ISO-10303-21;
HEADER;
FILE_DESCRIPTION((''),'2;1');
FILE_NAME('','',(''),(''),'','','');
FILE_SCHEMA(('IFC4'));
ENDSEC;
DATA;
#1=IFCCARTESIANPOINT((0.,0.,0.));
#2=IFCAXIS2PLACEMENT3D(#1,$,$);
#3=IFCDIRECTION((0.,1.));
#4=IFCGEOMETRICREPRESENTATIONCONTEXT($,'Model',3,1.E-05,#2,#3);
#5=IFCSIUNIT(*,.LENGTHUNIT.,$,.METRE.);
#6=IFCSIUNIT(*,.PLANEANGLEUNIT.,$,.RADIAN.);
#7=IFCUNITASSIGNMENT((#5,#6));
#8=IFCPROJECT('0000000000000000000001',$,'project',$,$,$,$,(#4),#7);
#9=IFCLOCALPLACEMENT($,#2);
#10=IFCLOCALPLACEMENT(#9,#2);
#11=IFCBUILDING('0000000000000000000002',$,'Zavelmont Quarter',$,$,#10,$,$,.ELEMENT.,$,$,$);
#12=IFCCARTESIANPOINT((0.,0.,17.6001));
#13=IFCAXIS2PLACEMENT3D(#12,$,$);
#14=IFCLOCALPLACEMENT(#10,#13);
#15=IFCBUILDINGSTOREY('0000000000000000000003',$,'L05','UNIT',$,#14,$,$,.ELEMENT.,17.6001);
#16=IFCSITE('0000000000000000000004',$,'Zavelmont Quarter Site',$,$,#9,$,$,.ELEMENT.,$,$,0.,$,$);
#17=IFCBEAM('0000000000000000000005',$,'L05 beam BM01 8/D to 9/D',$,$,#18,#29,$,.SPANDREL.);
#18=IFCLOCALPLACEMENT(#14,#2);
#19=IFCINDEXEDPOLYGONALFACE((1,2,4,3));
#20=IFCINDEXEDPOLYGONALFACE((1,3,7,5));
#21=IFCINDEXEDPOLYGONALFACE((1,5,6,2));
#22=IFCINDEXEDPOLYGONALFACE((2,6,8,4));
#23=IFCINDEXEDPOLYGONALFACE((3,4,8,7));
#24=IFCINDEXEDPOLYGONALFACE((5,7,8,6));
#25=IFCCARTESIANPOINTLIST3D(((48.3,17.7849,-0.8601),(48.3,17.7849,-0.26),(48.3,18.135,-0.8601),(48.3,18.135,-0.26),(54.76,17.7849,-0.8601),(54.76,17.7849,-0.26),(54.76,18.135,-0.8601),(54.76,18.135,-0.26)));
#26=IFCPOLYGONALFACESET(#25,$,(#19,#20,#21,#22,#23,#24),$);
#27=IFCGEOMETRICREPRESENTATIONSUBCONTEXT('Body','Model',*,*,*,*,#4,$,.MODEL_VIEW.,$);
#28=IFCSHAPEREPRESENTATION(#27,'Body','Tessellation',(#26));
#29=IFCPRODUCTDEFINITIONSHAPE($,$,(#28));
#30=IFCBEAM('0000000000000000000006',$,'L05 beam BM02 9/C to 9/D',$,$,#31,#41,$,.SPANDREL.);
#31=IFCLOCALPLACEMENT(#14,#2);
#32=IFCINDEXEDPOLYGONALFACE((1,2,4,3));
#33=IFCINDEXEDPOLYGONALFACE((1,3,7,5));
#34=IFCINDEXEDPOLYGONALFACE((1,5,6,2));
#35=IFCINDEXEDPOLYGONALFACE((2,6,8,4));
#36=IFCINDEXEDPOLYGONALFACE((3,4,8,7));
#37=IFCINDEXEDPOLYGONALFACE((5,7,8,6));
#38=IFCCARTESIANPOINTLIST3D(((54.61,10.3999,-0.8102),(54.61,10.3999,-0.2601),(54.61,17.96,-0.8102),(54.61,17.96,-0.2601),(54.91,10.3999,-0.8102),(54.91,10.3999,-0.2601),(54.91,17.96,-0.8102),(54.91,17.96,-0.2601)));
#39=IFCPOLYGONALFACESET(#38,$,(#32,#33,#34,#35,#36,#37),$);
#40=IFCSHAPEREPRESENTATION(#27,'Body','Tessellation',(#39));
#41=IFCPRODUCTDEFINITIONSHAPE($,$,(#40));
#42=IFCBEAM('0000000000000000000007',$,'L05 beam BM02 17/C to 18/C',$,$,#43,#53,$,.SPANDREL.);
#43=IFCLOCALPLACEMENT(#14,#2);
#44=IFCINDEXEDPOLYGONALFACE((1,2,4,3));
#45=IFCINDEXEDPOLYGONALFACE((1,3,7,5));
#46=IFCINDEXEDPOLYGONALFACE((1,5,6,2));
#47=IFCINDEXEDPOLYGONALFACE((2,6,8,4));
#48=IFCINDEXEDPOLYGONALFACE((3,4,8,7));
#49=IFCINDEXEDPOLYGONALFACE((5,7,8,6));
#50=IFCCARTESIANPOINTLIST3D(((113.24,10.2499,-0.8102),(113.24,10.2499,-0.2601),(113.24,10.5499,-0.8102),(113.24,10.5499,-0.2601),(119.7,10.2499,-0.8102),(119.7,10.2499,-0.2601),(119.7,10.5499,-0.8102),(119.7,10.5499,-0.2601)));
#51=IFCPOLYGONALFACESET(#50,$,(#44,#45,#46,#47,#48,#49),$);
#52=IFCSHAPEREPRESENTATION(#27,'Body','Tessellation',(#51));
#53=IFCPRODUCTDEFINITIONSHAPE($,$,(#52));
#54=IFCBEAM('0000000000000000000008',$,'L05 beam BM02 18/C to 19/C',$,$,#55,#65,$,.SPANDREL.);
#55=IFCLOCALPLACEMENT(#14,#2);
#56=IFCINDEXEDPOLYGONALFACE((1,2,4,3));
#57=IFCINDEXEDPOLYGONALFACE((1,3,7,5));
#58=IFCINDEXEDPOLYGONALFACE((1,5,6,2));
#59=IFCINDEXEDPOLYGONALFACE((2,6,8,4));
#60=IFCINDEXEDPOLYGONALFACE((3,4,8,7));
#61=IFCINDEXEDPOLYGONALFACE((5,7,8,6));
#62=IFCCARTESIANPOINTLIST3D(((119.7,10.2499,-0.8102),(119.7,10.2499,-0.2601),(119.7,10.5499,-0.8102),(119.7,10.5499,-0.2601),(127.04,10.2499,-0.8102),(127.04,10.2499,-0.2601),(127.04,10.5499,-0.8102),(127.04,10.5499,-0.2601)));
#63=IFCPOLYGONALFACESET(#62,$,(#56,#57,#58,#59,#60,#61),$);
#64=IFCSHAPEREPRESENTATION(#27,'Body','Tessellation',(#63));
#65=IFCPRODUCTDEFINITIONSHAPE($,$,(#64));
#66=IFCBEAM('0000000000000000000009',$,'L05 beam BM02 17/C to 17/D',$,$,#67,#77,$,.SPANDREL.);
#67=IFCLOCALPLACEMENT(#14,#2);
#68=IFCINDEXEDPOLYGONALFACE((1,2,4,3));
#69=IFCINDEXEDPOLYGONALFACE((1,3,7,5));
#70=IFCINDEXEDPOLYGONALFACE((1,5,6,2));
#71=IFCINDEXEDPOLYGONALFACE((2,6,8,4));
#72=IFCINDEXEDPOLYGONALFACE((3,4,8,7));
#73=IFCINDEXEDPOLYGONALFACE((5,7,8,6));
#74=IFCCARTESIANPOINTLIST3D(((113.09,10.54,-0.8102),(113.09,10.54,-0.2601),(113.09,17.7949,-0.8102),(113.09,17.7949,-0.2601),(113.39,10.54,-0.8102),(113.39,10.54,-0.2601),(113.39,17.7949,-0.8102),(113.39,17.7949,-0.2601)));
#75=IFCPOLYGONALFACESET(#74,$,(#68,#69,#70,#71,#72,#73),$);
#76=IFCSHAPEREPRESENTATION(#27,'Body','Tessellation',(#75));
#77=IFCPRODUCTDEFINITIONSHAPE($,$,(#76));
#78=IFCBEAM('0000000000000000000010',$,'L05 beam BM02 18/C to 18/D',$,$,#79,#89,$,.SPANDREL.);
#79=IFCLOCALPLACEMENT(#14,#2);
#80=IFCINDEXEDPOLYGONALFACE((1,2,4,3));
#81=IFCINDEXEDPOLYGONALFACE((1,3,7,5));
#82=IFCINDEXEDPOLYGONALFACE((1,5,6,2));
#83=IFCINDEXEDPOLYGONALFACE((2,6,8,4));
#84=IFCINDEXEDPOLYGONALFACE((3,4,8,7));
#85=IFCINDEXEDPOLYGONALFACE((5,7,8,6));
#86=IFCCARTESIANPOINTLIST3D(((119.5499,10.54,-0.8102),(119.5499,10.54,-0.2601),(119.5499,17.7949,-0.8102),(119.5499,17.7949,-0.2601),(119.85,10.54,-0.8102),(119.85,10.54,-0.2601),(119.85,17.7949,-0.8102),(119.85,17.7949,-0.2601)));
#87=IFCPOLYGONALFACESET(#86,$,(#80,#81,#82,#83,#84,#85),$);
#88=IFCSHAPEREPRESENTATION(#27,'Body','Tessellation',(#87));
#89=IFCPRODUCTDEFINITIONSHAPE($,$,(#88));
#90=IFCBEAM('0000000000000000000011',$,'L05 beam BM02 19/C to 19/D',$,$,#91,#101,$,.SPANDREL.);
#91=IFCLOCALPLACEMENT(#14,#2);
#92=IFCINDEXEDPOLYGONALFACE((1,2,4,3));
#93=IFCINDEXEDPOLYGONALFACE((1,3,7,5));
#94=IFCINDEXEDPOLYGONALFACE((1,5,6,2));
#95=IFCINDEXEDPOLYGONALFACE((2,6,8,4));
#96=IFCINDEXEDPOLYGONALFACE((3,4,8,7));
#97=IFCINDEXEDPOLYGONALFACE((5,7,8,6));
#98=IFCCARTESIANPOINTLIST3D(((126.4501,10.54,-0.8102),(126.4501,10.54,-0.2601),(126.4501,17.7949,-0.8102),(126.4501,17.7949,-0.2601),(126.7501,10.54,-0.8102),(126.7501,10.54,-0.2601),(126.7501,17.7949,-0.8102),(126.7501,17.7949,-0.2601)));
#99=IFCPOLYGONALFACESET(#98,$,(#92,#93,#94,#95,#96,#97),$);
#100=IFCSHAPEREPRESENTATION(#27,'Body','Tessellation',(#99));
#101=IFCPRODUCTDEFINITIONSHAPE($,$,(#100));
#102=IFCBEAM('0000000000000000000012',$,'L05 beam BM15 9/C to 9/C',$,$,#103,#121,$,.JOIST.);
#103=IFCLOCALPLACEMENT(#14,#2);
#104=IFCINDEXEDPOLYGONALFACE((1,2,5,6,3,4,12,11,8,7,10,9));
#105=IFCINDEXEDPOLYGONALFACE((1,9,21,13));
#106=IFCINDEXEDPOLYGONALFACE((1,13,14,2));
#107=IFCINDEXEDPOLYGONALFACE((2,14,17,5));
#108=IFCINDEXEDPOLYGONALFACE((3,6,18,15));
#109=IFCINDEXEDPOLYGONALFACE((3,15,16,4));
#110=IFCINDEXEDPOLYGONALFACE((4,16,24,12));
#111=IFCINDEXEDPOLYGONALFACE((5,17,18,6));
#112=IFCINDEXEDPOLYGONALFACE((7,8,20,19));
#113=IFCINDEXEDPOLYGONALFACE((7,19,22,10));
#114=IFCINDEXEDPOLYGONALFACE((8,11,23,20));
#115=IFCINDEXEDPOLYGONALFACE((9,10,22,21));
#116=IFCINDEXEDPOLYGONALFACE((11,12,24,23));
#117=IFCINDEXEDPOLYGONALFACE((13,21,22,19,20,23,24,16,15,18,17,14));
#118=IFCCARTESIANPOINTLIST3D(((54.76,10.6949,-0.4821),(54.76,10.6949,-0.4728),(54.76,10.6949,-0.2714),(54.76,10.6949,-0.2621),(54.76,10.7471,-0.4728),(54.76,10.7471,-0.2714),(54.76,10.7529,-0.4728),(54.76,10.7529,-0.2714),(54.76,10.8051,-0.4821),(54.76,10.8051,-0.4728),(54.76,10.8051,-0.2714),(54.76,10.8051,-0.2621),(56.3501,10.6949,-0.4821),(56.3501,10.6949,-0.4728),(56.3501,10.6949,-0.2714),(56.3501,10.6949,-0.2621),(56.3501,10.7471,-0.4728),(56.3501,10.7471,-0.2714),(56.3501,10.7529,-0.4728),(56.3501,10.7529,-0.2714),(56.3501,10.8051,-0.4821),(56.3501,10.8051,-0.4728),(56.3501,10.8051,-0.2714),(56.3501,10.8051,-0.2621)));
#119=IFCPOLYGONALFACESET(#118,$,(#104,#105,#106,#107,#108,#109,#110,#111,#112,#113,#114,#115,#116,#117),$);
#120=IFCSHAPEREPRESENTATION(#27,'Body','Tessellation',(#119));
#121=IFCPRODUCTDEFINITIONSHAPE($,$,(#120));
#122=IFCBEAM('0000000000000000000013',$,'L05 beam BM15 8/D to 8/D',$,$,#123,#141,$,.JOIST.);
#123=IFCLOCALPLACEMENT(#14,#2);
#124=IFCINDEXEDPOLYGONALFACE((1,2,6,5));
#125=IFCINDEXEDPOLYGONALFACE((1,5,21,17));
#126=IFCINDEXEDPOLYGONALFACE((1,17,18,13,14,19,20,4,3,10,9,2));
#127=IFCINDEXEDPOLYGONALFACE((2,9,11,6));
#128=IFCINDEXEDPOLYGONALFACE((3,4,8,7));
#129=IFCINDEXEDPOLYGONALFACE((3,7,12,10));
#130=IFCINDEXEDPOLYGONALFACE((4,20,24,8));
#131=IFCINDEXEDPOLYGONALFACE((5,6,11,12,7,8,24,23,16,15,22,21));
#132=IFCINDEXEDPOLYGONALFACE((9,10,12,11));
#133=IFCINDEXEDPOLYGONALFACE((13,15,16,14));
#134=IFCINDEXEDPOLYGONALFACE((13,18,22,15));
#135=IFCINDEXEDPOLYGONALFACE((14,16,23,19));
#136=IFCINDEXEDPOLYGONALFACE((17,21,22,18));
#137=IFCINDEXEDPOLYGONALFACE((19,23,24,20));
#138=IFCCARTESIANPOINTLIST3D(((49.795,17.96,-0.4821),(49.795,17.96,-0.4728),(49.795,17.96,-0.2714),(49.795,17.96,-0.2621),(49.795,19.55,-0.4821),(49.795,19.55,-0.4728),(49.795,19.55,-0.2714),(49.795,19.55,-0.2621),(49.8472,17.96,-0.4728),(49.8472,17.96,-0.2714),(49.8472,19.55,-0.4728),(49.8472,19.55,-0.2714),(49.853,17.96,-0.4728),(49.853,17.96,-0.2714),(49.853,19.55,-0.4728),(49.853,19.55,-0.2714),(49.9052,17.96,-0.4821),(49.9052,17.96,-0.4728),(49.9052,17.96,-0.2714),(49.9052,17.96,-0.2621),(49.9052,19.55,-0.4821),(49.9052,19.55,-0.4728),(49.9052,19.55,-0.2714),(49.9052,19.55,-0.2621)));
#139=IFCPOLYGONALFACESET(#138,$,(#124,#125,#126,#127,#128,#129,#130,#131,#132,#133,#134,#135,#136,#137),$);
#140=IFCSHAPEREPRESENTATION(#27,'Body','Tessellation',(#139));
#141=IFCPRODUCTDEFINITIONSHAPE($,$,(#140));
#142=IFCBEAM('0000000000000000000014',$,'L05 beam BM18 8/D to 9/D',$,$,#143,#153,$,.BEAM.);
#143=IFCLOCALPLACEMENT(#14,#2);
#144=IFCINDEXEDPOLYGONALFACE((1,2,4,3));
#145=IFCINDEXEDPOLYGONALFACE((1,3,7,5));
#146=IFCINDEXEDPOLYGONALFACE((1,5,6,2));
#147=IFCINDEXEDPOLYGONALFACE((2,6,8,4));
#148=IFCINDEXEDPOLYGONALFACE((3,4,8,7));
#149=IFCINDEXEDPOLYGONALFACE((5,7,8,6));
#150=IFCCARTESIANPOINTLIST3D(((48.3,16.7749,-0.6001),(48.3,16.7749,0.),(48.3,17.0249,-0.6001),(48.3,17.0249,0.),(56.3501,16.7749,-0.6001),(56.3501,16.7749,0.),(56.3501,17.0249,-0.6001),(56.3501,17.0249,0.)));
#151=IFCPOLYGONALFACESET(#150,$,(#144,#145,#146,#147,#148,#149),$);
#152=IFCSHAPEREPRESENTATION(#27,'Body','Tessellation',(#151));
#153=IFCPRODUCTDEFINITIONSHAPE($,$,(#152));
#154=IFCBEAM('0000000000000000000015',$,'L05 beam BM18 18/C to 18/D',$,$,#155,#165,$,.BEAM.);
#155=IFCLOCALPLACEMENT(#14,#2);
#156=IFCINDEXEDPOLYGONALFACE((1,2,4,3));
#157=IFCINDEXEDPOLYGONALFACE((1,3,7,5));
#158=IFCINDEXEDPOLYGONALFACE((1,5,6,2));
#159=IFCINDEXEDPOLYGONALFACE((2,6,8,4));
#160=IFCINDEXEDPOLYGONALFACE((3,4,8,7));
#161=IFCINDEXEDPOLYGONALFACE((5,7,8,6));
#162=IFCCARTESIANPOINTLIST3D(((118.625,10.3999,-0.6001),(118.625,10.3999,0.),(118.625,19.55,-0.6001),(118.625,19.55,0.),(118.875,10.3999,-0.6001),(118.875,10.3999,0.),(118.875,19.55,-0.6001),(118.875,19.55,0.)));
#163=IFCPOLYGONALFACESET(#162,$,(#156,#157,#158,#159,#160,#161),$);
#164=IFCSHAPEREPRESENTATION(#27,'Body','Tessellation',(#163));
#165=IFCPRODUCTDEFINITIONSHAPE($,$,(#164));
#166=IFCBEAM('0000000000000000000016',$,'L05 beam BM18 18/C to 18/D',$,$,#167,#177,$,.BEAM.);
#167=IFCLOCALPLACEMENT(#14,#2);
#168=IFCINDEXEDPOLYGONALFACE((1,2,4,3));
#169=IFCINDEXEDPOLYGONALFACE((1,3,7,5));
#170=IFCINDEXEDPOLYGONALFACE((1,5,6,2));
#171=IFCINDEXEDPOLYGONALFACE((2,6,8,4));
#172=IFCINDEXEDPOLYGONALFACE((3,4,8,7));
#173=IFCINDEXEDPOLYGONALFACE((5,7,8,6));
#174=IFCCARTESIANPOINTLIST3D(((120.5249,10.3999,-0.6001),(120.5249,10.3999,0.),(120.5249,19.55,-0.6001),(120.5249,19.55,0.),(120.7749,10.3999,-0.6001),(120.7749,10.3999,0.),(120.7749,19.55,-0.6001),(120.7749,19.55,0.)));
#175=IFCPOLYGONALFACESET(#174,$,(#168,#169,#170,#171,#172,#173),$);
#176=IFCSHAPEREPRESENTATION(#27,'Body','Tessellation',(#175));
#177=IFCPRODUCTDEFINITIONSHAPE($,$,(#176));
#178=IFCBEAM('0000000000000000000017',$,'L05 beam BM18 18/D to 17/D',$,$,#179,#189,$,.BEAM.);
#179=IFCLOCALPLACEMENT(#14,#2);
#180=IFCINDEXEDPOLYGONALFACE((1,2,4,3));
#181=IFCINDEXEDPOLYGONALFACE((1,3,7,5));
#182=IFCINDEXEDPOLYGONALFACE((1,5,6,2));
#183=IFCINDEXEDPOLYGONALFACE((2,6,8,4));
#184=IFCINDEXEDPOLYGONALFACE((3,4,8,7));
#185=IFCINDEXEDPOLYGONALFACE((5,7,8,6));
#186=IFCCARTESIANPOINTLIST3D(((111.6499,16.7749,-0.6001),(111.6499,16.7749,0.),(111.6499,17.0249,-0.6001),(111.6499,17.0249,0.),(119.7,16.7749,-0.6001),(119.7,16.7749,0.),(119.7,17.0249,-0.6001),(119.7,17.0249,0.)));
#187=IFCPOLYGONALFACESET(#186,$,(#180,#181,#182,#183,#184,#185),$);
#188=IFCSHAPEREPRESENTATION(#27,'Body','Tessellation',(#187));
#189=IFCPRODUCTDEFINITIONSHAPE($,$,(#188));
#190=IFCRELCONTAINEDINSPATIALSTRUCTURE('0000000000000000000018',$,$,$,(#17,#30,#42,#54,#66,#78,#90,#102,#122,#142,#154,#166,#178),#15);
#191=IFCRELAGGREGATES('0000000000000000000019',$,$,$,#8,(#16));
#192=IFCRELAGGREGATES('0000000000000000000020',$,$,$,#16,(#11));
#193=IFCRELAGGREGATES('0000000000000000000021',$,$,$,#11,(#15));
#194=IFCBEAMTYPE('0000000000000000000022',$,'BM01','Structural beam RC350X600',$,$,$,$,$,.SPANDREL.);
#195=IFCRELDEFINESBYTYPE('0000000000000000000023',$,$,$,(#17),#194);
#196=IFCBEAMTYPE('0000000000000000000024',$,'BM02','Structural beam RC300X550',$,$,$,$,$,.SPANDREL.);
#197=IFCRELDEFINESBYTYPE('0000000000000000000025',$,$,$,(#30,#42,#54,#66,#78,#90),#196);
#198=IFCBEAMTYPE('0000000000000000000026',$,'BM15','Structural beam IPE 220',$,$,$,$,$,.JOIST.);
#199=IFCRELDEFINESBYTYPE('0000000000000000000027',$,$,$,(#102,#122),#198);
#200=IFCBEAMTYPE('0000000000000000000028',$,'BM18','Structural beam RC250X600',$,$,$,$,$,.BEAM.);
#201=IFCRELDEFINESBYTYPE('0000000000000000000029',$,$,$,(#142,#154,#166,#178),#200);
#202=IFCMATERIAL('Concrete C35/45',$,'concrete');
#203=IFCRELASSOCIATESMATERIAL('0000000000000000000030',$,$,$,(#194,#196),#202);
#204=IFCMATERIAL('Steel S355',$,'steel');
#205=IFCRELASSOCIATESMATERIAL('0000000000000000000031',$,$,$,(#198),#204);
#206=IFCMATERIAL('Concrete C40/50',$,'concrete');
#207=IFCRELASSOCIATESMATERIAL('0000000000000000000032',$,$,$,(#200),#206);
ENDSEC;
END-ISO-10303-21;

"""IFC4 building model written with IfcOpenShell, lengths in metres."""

from ifc_helpers import new_model, si_unit, direction, frame, origin, origin_2d, place, context, subcontext, project, spatial, rectangle, i_section, extrude, material, material_profile, profile_set, type_object, element, save


model = new_model("IFC4")

# Units and contexts
model_context = context("Model", 3, precision=1e-05, world=origin(), true_north=direction((0.0, 1.0)))
body_context = subcontext(model_context, "Body", "Model", "MODEL_VIEW")
ifc_project = project(units=[si_unit("LENGTHUNIT", "METRE"), si_unit("PLANEANGLEUNIT", "RADIAN")], contexts=[model_context])

# Site, building, storey
site_placement = place(None, origin())
site = spatial("IfcSite", under=ifc_project, at=site_placement, Name="Zavelmont Quarter Site", CompositionType="ELEMENT", RefElevation=0.0)
building_placement = place(site_placement, origin())
building = spatial("IfcBuilding", under=site, at=building_placement, Name="Zavelmont Quarter", CompositionType="ELEMENT")
storey_placement = place(building_placement, frame((0.0, 0.0, 17.6001)))
storey = spatial("IfcBuildingStorey", under=building, at=storey_placement, Name="L05", Description="UNIT", CompositionType="ELEMENT", Elevation=17.6001)

# Beams
ifc_material_1 = material(Name="Concrete C35/45", Category="concrete")
ifc_material_profile_1 = material_profile(ifc_material_1, rectangle(XDim=0.3501, YDim=0.6001, at=origin_2d()), Name="RC350X600")
ifc_profile_set_1 = profile_set([ifc_material_profile_1], Name="Concrete C35/45")
beam_type_1 = type_object("IfcBeamType", Name="BM01", Description="Structural beam RC350X600", PredefinedType="SPANDREL", material=ifc_profile_set_1)
beam_1_placement = place(storey_placement, frame((48.3, 17.96, -0.5601), z_axis=(1.0, 0.0, 0.0), x_axis=(0.0, 1.0, 0.0)))
element("IfcBeam", 1, at=beam_1_placement, inside=storey, type_object=beam_type_1, Name="L05 beam BM01 8/D to 9/D", PredefinedType="SPANDREL", context=body_context, shape_type="SweptSolid", body=[
    extrude(rectangle(XDim=0.3501, YDim=0.6001, at=origin_2d()), origin(), (0.0, 0.0, 1.0), 6.46),
])
ifc_material_profile_2 = material_profile(ifc_material_1, rectangle(XDim=0.3, YDim=0.55, at=origin_2d()), Name="RC300X550")
ifc_profile_set_2 = profile_set([ifc_material_profile_2], Name="Concrete C35/45")
beam_type_2 = type_object("IfcBeamType", Name="BM02", Description="Structural beam RC300X550", PredefinedType="SPANDREL", material=ifc_profile_set_2)
beam_2_placement = place(storey_placement, frame((54.76, 10.3999, -0.5352), z_axis=(0.0, 1.0, 0.0), x_axis=(-1.0, 0.0, 0.0)))
element("IfcBeam", 2, at=beam_2_placement, inside=storey, type_object=beam_type_2, Name="L05 beam BM02 9/C to 9/D", PredefinedType="SPANDREL", context=body_context, shape_type="SweptSolid", body=[
    extrude(rectangle(XDim=0.3, YDim=0.55, at=origin_2d()), origin(), (0.0, 0.0, 1.0), 7.5601),
])
beam_3_placement = place(storey_placement, frame((113.24, 10.3999, -0.5352), z_axis=(1.0, 0.0, 0.0), x_axis=(0.0, 1.0, 0.0)))
element("IfcBeam", 3, at=beam_3_placement, inside=storey, type_object=beam_type_2, Name="L05 beam BM02 17/C to 18/C", PredefinedType="SPANDREL", context=body_context, shape_type="SweptSolid", body=[
    extrude(rectangle(XDim=0.3, YDim=0.55, at=origin_2d()), origin(), (0.0, 0.0, 1.0), 6.46),
])
beam_4_placement = place(storey_placement, frame((119.7, 10.3999, -0.5352), z_axis=(1.0, 0.0, 0.0), x_axis=(0.0, 1.0, 0.0)))
element("IfcBeam", 4, at=beam_4_placement, inside=storey, type_object=beam_type_2, Name="L05 beam BM02 18/C to 19/C", PredefinedType="SPANDREL", context=body_context, shape_type="SweptSolid", body=[
    extrude(rectangle(XDim=0.3, YDim=0.55, at=origin_2d()), origin(), (0.0, 0.0, 1.0), 7.3401),
])
for number, where, z_axis, x_axis, name in (
    (5, (113.24, 10.54, -0.5352), (0.0, 1.0, 0.0), (-1.0, 0.0, 0.0), "L05 beam BM02 17/C to 17/D"),
    (6, (119.7, 10.54, -0.5352), (0.0, 1.0, 0.0), (-1.0, 0.0, 0.0), "L05 beam BM02 18/C to 18/D"),
    (7, (126.6001, 10.54, -0.5352), (0.0, 1.0, 0.0), (-1.0, 0.0, 0.0), "L05 beam BM02 19/C to 19/D"),
):
    element("IfcBeam", number, at=place(storey_placement, frame(where, z_axis=z_axis, x_axis=x_axis)), inside=storey, type_object=beam_type_2, Name=name, PredefinedType="SPANDREL", context=body_context, shape_type="SweptSolid", body=[
        extrude(rectangle(XDim=0.3, YDim=0.55, at=origin_2d()), origin(), (0.0, 0.0, 1.0), 7.2549),
    ])
ifc_material_2 = material(Name="Steel S355", Category="steel")
ifc_material_profile_3 = material_profile(ifc_material_2, i_section(OverallWidth=0.1101, OverallDepth=0.22, WebThickness=0.0059, FlangeThickness=0.0093, at=origin_2d()), Name="IPE 220")
ifc_profile_set_3 = profile_set([ifc_material_profile_3], Name="Steel S355")
beam_type_3 = type_object("IfcBeamType", Name="BM15", Description="Structural beam IPE 220", PredefinedType="JOIST", material=ifc_profile_set_3)
for number, where, z_axis, x_axis, name in (
    (8, (54.76, 10.75, -0.3721), (1.0, 0.0, 0.0), (0.0, 1.0, 0.0), "L05 beam BM15 9/C to 9/C"),
    (9, (49.8501, 17.96, -0.3721), (0.0, 1.0, 0.0), (-1.0, 0.0, 0.0), "L05 beam BM15 8/D to 8/D"),
):
    element("IfcBeam", number, at=place(storey_placement, frame(where, z_axis=z_axis, x_axis=x_axis)), inside=storey, type_object=beam_type_3, Name=name, PredefinedType="JOIST", context=body_context, shape_type="SweptSolid", body=[
        extrude(i_section(OverallWidth=0.1101, OverallDepth=0.22, WebThickness=0.0059, FlangeThickness=0.0093, at=origin_2d()), origin(), (0.0, 0.0, 1.0), 1.5901),
    ])
ifc_material_3 = material(Name="Concrete C40/50", Category="concrete")
ifc_material_profile_4 = material_profile(ifc_material_3, rectangle(XDim=0.25, YDim=0.6001, at=origin_2d()), Name="RC250X600")
ifc_profile_set_4 = profile_set([ifc_material_profile_4], Name="Concrete C40/50")
beam_type_4 = type_object("IfcBeamType", Name="BM18", Description="Structural beam RC250X600", PredefinedType="BEAM", material=ifc_profile_set_4)
beam_5_placement = place(storey_placement, frame((48.3, 16.8999, -0.3), z_axis=(1.0, 0.0, 0.0), x_axis=(0.0, 1.0, 0.0)))
element("IfcBeam", 10, at=beam_5_placement, inside=storey, type_object=beam_type_4, Name="L05 beam BM18 8/D to 9/D", PredefinedType="BEAM", context=body_context, shape_type="SweptSolid", body=[
    extrude(rectangle(XDim=0.25, YDim=0.6001, at=origin_2d()), origin(), (0.0, 0.0, 1.0), 8.05),
])
for number, where, z_axis, x_axis, name in (
    (11, (118.75, 10.3999, -0.3), (0.0, 1.0, 0.0), (-1.0, 0.0, 0.0), "L05 beam BM18 18/C to 18/D"),
    (12, (120.6499, 10.3999, -0.3), (0.0, 1.0, 0.0), (-1.0, 0.0, 0.0), "L05 beam BM18 18/C to 18/D"),
):
    element("IfcBeam", number, at=place(storey_placement, frame(where, z_axis=z_axis, x_axis=x_axis)), inside=storey, type_object=beam_type_4, Name=name, PredefinedType="BEAM", context=body_context, shape_type="SweptSolid", body=[
        extrude(rectangle(XDim=0.25, YDim=0.6001, at=origin_2d()), origin(), (0.0, 0.0, 1.0), 9.1501),
    ])
beam_6_placement = place(storey_placement, frame((119.7, 16.8999, -0.3), z_axis=(-1.0, 0.0, 0.0), x_axis=(0.0, -1.0, 0.0)))
element("IfcBeam", 13, at=beam_6_placement, inside=storey, type_object=beam_type_4, Name="L05 beam BM18 18/D to 17/D", PredefinedType="BEAM", context=body_context, shape_type="SweptSolid", body=[
    extrude(rectangle(XDim=0.25, YDim=0.6001, at=origin_2d()), origin(), (0.0, 0.0, 1.0), 8.05),
])

save(model, "model.ifc")
